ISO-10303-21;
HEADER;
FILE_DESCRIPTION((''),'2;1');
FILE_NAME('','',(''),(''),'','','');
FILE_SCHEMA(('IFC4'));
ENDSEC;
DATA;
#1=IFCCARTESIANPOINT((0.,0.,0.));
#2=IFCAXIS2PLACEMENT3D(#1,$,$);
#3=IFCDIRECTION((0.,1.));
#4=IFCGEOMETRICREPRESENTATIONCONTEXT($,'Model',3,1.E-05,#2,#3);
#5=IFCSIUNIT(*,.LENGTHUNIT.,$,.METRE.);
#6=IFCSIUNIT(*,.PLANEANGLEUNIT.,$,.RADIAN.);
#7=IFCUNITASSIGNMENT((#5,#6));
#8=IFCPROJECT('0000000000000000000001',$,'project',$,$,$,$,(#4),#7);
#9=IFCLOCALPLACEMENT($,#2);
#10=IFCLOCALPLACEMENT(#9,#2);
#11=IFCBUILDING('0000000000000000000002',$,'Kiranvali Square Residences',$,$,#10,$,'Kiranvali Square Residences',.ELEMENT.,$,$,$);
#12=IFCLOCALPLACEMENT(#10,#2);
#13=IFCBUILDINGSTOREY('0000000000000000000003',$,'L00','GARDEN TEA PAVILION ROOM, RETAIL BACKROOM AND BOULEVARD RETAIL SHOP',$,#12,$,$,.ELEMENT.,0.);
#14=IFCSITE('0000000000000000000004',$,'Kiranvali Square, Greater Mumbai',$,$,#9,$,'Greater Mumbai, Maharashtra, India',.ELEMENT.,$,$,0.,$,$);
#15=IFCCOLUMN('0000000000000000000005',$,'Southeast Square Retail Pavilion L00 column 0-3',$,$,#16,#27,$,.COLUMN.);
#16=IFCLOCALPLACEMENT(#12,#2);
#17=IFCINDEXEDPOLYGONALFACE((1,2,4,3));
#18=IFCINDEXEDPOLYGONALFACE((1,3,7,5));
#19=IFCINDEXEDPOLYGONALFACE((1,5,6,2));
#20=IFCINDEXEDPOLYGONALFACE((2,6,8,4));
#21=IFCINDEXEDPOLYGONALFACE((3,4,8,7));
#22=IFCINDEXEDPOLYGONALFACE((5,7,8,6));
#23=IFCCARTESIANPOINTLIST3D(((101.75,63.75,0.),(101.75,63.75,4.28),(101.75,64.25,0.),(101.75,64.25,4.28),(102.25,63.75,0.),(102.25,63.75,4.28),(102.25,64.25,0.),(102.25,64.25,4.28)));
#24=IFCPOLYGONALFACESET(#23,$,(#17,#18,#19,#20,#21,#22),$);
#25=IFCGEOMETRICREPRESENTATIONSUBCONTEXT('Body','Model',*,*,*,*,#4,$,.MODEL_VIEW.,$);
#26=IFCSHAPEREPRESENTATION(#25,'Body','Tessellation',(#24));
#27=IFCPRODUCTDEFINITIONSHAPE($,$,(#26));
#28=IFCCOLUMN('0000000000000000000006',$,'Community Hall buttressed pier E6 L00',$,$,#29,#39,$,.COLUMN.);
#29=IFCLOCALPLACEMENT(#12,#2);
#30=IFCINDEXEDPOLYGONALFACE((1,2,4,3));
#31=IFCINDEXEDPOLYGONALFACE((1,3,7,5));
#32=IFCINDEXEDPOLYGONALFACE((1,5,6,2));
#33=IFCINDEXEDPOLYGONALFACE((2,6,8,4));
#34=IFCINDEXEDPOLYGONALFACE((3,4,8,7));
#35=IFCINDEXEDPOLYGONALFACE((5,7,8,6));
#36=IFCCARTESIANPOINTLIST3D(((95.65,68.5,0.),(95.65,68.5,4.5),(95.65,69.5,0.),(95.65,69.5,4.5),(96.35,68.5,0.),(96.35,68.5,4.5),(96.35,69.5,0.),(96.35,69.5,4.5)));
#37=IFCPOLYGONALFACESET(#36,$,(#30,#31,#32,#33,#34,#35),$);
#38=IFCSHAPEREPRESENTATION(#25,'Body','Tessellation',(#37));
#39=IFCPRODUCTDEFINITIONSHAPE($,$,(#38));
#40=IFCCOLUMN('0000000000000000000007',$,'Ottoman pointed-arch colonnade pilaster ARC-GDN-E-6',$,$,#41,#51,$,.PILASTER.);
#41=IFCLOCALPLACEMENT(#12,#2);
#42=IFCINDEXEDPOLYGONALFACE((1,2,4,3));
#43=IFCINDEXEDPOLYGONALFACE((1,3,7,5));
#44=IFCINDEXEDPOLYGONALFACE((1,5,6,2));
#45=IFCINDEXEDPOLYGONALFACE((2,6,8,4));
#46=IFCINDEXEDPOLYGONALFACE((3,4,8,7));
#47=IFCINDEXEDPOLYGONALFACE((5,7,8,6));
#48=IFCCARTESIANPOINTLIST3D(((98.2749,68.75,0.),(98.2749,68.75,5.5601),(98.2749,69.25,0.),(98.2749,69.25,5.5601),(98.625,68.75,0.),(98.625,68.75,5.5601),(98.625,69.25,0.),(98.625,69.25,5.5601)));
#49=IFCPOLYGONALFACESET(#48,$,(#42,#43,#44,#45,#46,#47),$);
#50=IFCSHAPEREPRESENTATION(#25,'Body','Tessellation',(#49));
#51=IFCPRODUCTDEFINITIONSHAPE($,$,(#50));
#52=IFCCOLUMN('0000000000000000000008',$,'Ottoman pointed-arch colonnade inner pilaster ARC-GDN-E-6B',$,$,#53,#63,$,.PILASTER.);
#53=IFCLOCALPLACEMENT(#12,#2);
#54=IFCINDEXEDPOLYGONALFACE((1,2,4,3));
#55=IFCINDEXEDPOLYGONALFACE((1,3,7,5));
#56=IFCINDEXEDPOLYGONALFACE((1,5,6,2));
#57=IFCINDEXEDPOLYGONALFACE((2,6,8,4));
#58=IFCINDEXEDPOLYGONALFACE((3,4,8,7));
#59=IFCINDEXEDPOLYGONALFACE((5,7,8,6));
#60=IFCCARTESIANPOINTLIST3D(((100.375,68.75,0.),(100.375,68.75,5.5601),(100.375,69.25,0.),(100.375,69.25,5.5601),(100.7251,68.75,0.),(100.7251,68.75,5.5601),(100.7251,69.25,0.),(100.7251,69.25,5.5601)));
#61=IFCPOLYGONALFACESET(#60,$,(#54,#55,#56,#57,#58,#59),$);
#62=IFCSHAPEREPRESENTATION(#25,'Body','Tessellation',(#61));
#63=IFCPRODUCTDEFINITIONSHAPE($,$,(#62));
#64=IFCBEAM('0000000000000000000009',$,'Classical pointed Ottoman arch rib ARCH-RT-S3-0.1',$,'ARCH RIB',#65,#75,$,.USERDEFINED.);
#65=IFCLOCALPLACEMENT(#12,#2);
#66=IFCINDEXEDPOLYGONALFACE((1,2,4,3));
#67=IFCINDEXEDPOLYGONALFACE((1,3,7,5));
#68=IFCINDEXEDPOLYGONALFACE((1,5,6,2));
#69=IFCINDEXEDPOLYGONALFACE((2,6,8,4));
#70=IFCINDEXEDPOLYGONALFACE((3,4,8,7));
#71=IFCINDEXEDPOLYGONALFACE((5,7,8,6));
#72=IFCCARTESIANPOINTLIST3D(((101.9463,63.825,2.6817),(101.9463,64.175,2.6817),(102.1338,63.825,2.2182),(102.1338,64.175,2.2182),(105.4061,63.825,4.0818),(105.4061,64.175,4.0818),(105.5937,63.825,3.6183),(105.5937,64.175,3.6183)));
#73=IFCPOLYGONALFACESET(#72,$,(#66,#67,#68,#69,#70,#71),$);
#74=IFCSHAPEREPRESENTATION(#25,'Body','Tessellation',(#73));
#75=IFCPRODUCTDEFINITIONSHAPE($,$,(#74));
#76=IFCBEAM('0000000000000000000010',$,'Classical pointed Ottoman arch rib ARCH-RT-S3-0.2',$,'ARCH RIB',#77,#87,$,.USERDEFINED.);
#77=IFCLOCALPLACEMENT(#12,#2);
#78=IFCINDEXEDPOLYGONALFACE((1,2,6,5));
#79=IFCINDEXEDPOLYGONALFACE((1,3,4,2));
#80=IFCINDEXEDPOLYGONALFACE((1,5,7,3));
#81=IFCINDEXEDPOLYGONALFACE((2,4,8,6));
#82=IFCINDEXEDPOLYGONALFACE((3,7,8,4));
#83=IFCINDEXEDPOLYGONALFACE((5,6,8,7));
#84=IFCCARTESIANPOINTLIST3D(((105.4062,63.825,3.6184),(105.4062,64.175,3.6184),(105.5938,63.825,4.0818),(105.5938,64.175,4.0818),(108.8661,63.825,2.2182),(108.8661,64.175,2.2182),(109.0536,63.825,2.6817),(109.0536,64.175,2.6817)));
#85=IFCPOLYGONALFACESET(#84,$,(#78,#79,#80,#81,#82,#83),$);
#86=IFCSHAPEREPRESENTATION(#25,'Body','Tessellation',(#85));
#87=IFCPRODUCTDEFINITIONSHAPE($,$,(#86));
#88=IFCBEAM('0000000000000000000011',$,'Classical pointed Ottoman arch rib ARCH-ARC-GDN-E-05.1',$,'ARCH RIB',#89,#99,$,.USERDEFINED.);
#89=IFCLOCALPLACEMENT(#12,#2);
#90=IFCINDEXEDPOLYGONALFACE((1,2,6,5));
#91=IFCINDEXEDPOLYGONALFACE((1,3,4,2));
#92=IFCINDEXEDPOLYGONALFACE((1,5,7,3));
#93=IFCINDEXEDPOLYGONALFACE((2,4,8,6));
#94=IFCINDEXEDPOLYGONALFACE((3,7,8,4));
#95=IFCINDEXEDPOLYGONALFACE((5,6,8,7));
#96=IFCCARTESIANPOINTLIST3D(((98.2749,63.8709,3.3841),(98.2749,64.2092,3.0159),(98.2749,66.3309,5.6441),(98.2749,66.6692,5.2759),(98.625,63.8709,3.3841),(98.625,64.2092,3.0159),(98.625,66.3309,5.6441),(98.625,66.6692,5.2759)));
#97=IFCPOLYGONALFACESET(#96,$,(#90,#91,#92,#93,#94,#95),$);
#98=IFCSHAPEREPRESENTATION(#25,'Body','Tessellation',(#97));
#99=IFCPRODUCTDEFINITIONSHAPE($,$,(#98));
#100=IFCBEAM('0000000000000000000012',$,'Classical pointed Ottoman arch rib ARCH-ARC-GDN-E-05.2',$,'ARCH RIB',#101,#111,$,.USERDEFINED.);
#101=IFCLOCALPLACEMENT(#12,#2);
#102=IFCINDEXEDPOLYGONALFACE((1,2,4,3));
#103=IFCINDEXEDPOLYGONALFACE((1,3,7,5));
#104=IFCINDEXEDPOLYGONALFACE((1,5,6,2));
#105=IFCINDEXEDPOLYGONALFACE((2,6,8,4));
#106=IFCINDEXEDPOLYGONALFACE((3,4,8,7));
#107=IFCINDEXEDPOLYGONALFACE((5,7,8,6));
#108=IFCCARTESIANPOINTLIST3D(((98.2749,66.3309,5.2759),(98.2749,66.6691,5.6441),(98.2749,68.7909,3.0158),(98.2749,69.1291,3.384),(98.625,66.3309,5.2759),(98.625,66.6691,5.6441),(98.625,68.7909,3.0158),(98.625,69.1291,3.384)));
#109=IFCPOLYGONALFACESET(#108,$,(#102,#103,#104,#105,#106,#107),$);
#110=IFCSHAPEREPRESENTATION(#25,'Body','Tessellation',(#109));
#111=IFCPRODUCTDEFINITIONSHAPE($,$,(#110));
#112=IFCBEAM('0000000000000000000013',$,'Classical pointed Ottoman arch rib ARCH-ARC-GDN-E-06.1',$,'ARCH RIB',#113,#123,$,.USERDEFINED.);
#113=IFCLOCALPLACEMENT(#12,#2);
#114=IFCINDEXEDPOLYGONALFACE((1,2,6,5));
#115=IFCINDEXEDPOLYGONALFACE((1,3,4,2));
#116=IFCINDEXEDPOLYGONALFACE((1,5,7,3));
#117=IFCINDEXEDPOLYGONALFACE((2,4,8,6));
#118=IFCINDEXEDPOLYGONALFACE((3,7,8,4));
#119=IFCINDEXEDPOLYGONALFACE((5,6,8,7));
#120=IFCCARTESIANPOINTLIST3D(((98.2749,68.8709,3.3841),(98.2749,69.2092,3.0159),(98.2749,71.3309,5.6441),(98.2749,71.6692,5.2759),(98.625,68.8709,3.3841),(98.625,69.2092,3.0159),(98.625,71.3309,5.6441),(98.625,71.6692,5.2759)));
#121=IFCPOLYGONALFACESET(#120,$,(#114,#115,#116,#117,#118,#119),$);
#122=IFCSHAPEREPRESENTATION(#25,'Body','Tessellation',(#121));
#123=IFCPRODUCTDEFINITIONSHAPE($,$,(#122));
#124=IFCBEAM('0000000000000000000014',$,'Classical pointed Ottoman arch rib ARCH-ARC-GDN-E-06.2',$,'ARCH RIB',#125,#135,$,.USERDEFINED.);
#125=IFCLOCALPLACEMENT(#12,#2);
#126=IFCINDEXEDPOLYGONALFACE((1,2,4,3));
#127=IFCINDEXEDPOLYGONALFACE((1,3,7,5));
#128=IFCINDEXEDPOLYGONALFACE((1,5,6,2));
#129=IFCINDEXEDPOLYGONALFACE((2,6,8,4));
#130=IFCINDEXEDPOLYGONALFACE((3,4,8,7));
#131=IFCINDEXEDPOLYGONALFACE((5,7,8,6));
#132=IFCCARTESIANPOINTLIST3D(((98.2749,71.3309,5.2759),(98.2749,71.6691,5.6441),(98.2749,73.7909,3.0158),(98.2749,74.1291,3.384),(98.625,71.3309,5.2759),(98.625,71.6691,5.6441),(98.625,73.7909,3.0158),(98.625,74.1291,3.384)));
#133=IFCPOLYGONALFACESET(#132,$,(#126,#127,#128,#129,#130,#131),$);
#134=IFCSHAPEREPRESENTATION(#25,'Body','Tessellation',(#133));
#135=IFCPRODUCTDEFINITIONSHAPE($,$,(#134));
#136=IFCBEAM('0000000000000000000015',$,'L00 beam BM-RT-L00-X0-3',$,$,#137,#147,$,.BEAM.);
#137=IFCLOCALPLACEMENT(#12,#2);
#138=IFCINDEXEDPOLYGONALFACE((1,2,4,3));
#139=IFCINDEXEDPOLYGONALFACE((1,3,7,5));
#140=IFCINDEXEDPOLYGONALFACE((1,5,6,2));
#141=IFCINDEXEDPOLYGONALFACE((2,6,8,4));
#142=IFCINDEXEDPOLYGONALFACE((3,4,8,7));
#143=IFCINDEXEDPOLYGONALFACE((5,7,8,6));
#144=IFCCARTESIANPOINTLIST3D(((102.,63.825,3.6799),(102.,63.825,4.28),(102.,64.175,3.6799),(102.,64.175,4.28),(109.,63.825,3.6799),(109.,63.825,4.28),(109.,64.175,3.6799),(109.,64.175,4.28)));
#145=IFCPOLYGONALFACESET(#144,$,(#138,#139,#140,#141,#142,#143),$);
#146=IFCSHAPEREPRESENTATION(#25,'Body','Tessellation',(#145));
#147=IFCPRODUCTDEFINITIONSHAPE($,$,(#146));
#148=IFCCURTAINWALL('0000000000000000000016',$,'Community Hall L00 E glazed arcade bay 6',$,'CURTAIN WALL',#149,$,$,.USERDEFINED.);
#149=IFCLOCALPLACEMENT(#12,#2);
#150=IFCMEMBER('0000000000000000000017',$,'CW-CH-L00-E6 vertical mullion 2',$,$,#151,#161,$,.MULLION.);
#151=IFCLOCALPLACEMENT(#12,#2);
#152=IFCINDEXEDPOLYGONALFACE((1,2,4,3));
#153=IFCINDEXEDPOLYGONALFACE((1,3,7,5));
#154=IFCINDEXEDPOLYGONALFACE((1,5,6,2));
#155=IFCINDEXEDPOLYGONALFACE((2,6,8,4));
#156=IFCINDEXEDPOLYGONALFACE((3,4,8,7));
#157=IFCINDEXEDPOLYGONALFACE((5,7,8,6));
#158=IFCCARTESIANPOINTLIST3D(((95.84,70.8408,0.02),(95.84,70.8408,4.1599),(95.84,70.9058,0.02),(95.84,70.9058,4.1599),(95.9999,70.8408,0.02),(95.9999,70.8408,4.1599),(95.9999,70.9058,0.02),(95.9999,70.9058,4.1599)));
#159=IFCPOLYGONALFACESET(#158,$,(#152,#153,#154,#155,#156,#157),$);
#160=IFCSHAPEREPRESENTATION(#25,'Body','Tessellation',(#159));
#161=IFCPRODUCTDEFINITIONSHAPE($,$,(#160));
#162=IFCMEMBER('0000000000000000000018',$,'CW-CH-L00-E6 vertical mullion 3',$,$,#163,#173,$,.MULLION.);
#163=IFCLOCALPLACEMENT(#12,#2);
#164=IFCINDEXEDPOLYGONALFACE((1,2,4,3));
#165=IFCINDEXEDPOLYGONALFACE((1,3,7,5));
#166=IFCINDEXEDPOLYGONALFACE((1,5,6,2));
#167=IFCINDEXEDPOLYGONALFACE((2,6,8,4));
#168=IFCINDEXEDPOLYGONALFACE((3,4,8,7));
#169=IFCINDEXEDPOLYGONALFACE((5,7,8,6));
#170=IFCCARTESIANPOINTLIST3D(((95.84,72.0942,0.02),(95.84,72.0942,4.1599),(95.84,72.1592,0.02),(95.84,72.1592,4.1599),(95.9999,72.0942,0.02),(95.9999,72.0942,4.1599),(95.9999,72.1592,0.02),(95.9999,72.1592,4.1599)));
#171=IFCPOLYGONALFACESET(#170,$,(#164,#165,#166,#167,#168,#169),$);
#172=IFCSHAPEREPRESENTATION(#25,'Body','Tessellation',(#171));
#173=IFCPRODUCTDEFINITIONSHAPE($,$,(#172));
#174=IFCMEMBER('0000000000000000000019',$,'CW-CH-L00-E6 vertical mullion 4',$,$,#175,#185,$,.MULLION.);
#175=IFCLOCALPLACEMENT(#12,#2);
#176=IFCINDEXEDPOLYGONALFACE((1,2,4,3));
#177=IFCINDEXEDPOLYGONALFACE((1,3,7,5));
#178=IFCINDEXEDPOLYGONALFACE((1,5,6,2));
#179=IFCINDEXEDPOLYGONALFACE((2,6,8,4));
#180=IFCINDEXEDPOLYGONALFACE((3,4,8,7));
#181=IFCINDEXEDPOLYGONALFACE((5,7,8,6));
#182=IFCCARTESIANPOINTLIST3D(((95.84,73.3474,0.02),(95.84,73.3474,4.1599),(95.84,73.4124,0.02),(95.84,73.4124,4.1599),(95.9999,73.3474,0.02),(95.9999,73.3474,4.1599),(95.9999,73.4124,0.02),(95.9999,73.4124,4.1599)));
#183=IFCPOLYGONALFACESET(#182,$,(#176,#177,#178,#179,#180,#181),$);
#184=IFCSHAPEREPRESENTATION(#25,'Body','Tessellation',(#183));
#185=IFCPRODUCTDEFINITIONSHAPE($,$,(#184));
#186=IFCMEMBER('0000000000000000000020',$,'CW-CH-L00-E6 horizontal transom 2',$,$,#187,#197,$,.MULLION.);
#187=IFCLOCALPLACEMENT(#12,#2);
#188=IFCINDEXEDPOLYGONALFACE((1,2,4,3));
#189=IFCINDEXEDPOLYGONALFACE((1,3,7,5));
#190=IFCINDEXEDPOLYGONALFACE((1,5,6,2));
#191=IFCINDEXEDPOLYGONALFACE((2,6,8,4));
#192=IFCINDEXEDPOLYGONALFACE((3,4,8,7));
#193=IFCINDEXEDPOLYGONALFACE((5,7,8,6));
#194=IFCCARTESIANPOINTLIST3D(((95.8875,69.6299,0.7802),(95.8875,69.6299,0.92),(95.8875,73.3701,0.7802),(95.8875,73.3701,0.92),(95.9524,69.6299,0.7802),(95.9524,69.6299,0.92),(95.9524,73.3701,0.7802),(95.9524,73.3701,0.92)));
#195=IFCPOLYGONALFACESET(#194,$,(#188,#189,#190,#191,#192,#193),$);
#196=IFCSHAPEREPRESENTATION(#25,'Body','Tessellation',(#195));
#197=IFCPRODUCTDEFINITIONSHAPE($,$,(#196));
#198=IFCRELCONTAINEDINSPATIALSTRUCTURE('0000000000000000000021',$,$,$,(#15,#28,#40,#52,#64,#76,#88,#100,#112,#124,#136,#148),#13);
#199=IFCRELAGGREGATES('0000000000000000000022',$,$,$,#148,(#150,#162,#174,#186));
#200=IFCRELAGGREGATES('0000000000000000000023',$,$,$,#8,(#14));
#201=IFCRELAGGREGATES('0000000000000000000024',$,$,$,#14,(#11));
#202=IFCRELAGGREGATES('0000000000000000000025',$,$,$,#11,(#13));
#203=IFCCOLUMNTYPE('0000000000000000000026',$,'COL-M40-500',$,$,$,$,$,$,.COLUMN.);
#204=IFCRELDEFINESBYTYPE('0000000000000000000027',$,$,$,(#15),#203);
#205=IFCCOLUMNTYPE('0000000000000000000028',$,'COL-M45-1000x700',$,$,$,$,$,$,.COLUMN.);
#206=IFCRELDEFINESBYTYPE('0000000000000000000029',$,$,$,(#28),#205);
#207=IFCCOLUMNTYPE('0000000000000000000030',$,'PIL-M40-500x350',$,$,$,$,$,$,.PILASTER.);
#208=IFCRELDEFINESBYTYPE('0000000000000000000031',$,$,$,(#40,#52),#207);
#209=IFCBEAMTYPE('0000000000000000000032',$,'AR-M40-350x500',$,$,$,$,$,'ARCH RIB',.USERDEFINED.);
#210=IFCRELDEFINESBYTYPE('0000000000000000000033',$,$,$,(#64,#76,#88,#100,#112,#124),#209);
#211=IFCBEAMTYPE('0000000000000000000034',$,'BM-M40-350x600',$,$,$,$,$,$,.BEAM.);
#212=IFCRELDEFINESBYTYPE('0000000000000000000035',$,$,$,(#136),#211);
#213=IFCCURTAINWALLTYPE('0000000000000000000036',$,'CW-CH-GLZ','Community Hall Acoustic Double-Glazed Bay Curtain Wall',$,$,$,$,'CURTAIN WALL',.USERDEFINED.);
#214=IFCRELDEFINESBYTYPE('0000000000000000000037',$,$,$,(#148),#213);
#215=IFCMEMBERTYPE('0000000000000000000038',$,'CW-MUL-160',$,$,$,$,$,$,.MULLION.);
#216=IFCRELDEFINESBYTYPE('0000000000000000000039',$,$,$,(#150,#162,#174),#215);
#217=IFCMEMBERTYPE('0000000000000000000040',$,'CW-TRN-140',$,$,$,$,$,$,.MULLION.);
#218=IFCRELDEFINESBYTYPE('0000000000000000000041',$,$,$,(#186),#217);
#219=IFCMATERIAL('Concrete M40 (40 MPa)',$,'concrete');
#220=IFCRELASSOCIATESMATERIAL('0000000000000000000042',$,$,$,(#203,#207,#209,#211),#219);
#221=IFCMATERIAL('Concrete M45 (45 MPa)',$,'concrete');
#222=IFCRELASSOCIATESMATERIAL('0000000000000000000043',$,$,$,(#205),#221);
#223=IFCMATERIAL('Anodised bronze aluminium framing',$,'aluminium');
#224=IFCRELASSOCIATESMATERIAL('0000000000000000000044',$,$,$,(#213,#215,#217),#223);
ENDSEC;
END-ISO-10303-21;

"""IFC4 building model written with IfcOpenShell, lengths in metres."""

from ifc_helpers import new_model, si_unit, direction, frame, origin, origin_2d, place, context, subcontext, project, spatial, rectangle, extrude, material, material_profile, profile_set, type_object, element, aggregate, save


model = new_model("IFC4")

# Units and contexts
model_context = context("Model", 3, precision=1e-05, world=origin(), true_north=direction((0.0, 1.0)))
body_context = subcontext(model_context, "Body", "Model", "MODEL_VIEW")
ifc_project = project(units=[si_unit("LENGTHUNIT", "METRE"), si_unit("PLANEANGLEUNIT", "RADIAN")], contexts=[model_context])

# Site, building, storey
site_placement = place(None, origin())
site = spatial("IfcSite", under=ifc_project, at=site_placement, Name="Kiranvali Square, Greater Mumbai", LongName="Greater Mumbai, Maharashtra, India", CompositionType="ELEMENT", RefElevation=0.0)
building_placement = place(site_placement, origin())
building = spatial("IfcBuilding", under=site, at=building_placement, Name="Kiranvali Square Residences", LongName="Kiranvali Square Residences", CompositionType="ELEMENT")
storey_placement = place(building_placement, origin())
storey = spatial("IfcBuildingStorey", under=building, at=storey_placement, Name="L00", Description="GARDEN TEA PAVILION ROOM, RETAIL BACKROOM AND BOULEVARD RETAIL SHOP", CompositionType="ELEMENT", Elevation=0.0)

# Columns
ifc_material_1 = material(Name="Concrete M40 (40 MPa)", Category="concrete")
ifc_material_profile_1 = material_profile(ifc_material_1, rectangle(XDim=0.5, YDim=0.5, at=origin_2d()), Name="RC 500x500")
ifc_profile_set_1 = profile_set([ifc_material_profile_1], Name="Concrete M40 (40 MPa)")
column_type_1 = type_object("IfcColumnType", Name="COL-M40-500", PredefinedType="COLUMN", material=ifc_profile_set_1)
column_1_placement = place(storey_placement, frame((102.0, 64.0, 0.0), z_axis=(0.0, 0.0, 1.0), x_axis=(1.0, 0.0, 0.0)))
element("IfcColumn", 1, at=column_1_placement, inside=storey, type_object=column_type_1, Name="Southeast Square Retail Pavilion L00 column 0-3", PredefinedType="COLUMN", context=body_context, shape_type="SweptSolid", body=[
    extrude(rectangle(XDim=0.5, YDim=0.5, at=origin_2d()), origin(), (0.0, 0.0, 1.0), 4.28),
])
ifc_material_2 = material(Name="Concrete M45 (45 MPa)", Category="concrete")
ifc_material_profile_2 = material_profile(ifc_material_2, rectangle(XDim=0.7, YDim=1.0, at=origin_2d()), Name="RC 1000x700")
ifc_profile_set_2 = profile_set([ifc_material_profile_2], Name="Concrete M45 (45 MPa)")
column_type_2 = type_object("IfcColumnType", Name="COL-M45-1000x700", PredefinedType="COLUMN", material=ifc_profile_set_2)
column_2_placement = place(storey_placement, frame((96.0, 69.0, 0.0), z_axis=(0.0, 0.0, 1.0), x_axis=(1.0, 0.0, 0.0)))
element("IfcColumn", 2, at=column_2_placement, inside=storey, type_object=column_type_2, Name="Community Hall buttressed pier E6 L00", PredefinedType="COLUMN", context=body_context, shape_type="SweptSolid", body=[
    extrude(rectangle(XDim=0.7, YDim=1.0, at=origin_2d()), origin(), (0.0, 0.0, 1.0), 4.5),
])
ifc_material_profile_3 = material_profile(ifc_material_1, rectangle(XDim=0.3501, YDim=0.5, at=origin_2d()), Name="RC 500x350")
ifc_profile_set_3 = profile_set([ifc_material_profile_3], Name="Concrete M40 (40 MPa)")
column_type_3 = type_object("IfcColumnType", Name="PIL-M40-500x350", PredefinedType="PILASTER", material=ifc_profile_set_3)
for number, where, z_axis, x_axis, name in (
    (3, (98.45, 69.0, 0.0), (0.0, 0.0, 1.0), (1.0, 0.0, 0.0), "Ottoman pointed-arch colonnade pilaster ARC-GDN-E-6"),
    (4, (100.55, 69.0, 0.0), (0.0, 0.0, 1.0), (1.0, 0.0, 0.0), "Ottoman pointed-arch colonnade inner pilaster ARC-GDN-E-6B"),
):
    element("IfcColumn", number, at=place(storey_placement, frame(where, z_axis=z_axis, x_axis=x_axis)), inside=storey, type_object=column_type_3, Name=name, PredefinedType="PILASTER", context=body_context, shape_type="SweptSolid", body=[
        extrude(rectangle(XDim=0.3501, YDim=0.5, at=origin_2d()), origin(), (0.0, 0.0, 1.0), 5.5601),
    ])

# Beams
ifc_material_profile_4 = material_profile(ifc_material_1, rectangle(XDim=0.3501, YDim=0.5, at=origin_2d()), Name="RC 350x500")
ifc_profile_set_4 = profile_set([ifc_material_profile_4], Name="Concrete M40 (40 MPa)")
beam_type_1 = type_object("IfcBeamType", Name="AR-M40-350x500", ElementType="ARCH RIB", PredefinedType="USERDEFINED", material=ifc_profile_set_4)
for number, where, z_axis, x_axis, name in (
    (5, (102.04, 64.0, 2.45), (0.926976, 0.0, 0.37512), (0.0, 1.0, 0.0), "Classical pointed Ottoman arch rib ARCH-RT-S3-0.1"),
    (6, (105.5, 64.0, 3.8501), (0.926976, 0.0, -0.37512), (0.0, 1.0, 0.0), "Classical pointed Ottoman arch rib ARCH-RT-S3-0.2"),
):
    element("IfcBeam", number, at=place(storey_placement, frame(where, z_axis=z_axis, x_axis=x_axis)), inside=storey, type_object=beam_type_1, Name=name, ObjectType="ARCH RIB", PredefinedType="USERDEFINED", context=body_context, shape_type="SweptSolid", body=[
        extrude(rectangle(XDim=0.3501, YDim=0.5, at=origin_2d()), origin(), (0.0, 0.0, 1.0), 3.7324),
    ])
for number, where, z_axis, x_axis, name in (
    (7, (98.45, 64.04, 3.2), (0.0, 0.736401, 0.676545), (-1.0, 0.0, 0.0), "Classical pointed Ottoman arch rib ARCH-ARC-GDN-E-05.1"),
    (8, (98.45, 66.5, 5.46), (0.0, 0.736401, -0.676545), (-1.0, 0.0, 0.0), "Classical pointed Ottoman arch rib ARCH-ARC-GDN-E-05.2"),
    (9, (98.45, 69.04, 3.2), (0.0, 0.736401, 0.676545), (-1.0, 0.0, 0.0), "Classical pointed Ottoman arch rib ARCH-ARC-GDN-E-06.1"),
    (10, (98.45, 71.5, 5.46), (0.0, 0.736401, -0.676545), (-1.0, 0.0, 0.0), "Classical pointed Ottoman arch rib ARCH-ARC-GDN-E-06.2"),
):
    element("IfcBeam", number, at=place(storey_placement, frame(where, z_axis=z_axis, x_axis=x_axis)), inside=storey, type_object=beam_type_1, Name=name, ObjectType="ARCH RIB", PredefinedType="USERDEFINED", context=body_context, shape_type="SweptSolid", body=[
        extrude(rectangle(XDim=0.3501, YDim=0.5, at=origin_2d()), origin(), (0.0, 0.0, 1.0), 3.3406),
    ])
ifc_material_profile_5 = material_profile(ifc_material_1, rectangle(XDim=0.3501, YDim=0.6001, at=origin_2d()), Name="RC 350x600")
ifc_profile_set_5 = profile_set([ifc_material_profile_5], Name="Concrete M40 (40 MPa)")
beam_type_2 = type_object("IfcBeamType", Name="BM-M40-350x600", PredefinedType="BEAM", material=ifc_profile_set_5)
beam_1_placement = place(storey_placement, frame((102.0, 64.0, 3.98), z_axis=(1.0, 0.0, 0.0), x_axis=(0.0, 1.0, 0.0)))
element("IfcBeam", 11, at=beam_1_placement, inside=storey, type_object=beam_type_2, Name="L00 beam BM-RT-L00-X0-3", PredefinedType="BEAM", context=body_context, shape_type="SweptSolid", body=[
    extrude(rectangle(XDim=0.3501, YDim=0.6001, at=origin_2d()), origin(), (0.0, 0.0, 1.0), 7.0),
])

# Curtain wall, members
ifc_material_3 = material(Name="Anodised bronze aluminium framing", Category="aluminium")
curtain_wall_type = type_object("IfcCurtainWallType", Name="CW-CH-GLZ", Description="Community Hall Acoustic Double-Glazed Bay Curtain Wall", ElementType="CURTAIN WALL", PredefinedType="USERDEFINED", material=ifc_material_3)
curtain_wall_placement = place(storey_placement, origin())
curtain_wall = element("IfcCurtainWall", 12, at=curtain_wall_placement, inside=storey, type_object=curtain_wall_type, Name="Community Hall L00 E glazed arcade bay 6", ObjectType="CURTAIN WALL", PredefinedType="USERDEFINED")
ifc_material_profile_6 = material_profile(ifc_material_3, rectangle(XDim=0.0649, YDim=0.1599, at=origin_2d()), Name="ALU 65x160")
ifc_profile_set_6 = profile_set([ifc_material_profile_6], Name="Anodised bronze aluminium framing")
member_type_1 = type_object("IfcMemberType", Name="CW-MUL-160", PredefinedType="MULLION", material=ifc_profile_set_6)
member_1_placement = place(storey_placement, frame((95.9199, 70.8733, 0.02), z_axis=(0.0, 0.0, 1.0), x_axis=(0.0, 1.0, 0.0)))
member_1 = element("IfcMember", 13, at=member_1_placement, type_object=member_type_1, Name="CW-CH-L00-E6 vertical mullion 2", PredefinedType="MULLION", context=body_context, shape_type="SweptSolid", body=[
    extrude(rectangle(XDim=0.0649, YDim=0.1599, at=origin_2d()), origin(), (0.0, 0.0, 1.0), 4.1399),
])
member_2_placement = place(storey_placement, frame((95.9199, 72.1267, 0.02), z_axis=(0.0, 0.0, 1.0), x_axis=(0.0, 1.0, 0.0)))
member_2 = element("IfcMember", 14, at=member_2_placement, type_object=member_type_1, Name="CW-CH-L00-E6 vertical mullion 3", PredefinedType="MULLION", context=body_context, shape_type="SweptSolid", body=[
    extrude(rectangle(XDim=0.0649, YDim=0.1599, at=origin_2d()), origin(), (0.0, 0.0, 1.0), 4.1399),
])
member_3_placement = place(storey_placement, frame((95.9199, 73.3799, 0.02), z_axis=(0.0, 0.0, 1.0), x_axis=(0.0, 1.0, 0.0)))
member_3 = element("IfcMember", 15, at=member_3_placement, type_object=member_type_1, Name="CW-CH-L00-E6 vertical mullion 4", PredefinedType="MULLION", context=body_context, shape_type="SweptSolid", body=[
    extrude(rectangle(XDim=0.0649, YDim=0.1599, at=origin_2d()), origin(), (0.0, 0.0, 1.0), 4.1399),
])
ifc_material_profile_7 = material_profile(ifc_material_3, rectangle(XDim=0.0649, YDim=0.1399, at=origin_2d()), Name="ALU 65x140")
ifc_profile_set_7 = profile_set([ifc_material_profile_7], Name="Anodised bronze aluminium framing")
member_type_2 = type_object("IfcMemberType", Name="CW-TRN-140", PredefinedType="MULLION", material=ifc_profile_set_7)
member_4_placement = place(storey_placement, frame((95.9199, 69.6299, 0.8501), z_axis=(0.0, 1.0, 0.0), x_axis=(-1.0, 0.0, 0.0)))
member_4 = element("IfcMember", 16, at=member_4_placement, type_object=member_type_2, Name="CW-CH-L00-E6 horizontal transom 2", PredefinedType="MULLION", context=body_context, shape_type="SweptSolid", body=[
    extrude(rectangle(XDim=0.0649, YDim=0.1399, at=origin_2d()), origin(), (0.0, 0.0, 1.0), 3.7402),
])

aggregate(curtain_wall, [member_1, member_2, member_3, member_4])

save(model, "model.ifc")
